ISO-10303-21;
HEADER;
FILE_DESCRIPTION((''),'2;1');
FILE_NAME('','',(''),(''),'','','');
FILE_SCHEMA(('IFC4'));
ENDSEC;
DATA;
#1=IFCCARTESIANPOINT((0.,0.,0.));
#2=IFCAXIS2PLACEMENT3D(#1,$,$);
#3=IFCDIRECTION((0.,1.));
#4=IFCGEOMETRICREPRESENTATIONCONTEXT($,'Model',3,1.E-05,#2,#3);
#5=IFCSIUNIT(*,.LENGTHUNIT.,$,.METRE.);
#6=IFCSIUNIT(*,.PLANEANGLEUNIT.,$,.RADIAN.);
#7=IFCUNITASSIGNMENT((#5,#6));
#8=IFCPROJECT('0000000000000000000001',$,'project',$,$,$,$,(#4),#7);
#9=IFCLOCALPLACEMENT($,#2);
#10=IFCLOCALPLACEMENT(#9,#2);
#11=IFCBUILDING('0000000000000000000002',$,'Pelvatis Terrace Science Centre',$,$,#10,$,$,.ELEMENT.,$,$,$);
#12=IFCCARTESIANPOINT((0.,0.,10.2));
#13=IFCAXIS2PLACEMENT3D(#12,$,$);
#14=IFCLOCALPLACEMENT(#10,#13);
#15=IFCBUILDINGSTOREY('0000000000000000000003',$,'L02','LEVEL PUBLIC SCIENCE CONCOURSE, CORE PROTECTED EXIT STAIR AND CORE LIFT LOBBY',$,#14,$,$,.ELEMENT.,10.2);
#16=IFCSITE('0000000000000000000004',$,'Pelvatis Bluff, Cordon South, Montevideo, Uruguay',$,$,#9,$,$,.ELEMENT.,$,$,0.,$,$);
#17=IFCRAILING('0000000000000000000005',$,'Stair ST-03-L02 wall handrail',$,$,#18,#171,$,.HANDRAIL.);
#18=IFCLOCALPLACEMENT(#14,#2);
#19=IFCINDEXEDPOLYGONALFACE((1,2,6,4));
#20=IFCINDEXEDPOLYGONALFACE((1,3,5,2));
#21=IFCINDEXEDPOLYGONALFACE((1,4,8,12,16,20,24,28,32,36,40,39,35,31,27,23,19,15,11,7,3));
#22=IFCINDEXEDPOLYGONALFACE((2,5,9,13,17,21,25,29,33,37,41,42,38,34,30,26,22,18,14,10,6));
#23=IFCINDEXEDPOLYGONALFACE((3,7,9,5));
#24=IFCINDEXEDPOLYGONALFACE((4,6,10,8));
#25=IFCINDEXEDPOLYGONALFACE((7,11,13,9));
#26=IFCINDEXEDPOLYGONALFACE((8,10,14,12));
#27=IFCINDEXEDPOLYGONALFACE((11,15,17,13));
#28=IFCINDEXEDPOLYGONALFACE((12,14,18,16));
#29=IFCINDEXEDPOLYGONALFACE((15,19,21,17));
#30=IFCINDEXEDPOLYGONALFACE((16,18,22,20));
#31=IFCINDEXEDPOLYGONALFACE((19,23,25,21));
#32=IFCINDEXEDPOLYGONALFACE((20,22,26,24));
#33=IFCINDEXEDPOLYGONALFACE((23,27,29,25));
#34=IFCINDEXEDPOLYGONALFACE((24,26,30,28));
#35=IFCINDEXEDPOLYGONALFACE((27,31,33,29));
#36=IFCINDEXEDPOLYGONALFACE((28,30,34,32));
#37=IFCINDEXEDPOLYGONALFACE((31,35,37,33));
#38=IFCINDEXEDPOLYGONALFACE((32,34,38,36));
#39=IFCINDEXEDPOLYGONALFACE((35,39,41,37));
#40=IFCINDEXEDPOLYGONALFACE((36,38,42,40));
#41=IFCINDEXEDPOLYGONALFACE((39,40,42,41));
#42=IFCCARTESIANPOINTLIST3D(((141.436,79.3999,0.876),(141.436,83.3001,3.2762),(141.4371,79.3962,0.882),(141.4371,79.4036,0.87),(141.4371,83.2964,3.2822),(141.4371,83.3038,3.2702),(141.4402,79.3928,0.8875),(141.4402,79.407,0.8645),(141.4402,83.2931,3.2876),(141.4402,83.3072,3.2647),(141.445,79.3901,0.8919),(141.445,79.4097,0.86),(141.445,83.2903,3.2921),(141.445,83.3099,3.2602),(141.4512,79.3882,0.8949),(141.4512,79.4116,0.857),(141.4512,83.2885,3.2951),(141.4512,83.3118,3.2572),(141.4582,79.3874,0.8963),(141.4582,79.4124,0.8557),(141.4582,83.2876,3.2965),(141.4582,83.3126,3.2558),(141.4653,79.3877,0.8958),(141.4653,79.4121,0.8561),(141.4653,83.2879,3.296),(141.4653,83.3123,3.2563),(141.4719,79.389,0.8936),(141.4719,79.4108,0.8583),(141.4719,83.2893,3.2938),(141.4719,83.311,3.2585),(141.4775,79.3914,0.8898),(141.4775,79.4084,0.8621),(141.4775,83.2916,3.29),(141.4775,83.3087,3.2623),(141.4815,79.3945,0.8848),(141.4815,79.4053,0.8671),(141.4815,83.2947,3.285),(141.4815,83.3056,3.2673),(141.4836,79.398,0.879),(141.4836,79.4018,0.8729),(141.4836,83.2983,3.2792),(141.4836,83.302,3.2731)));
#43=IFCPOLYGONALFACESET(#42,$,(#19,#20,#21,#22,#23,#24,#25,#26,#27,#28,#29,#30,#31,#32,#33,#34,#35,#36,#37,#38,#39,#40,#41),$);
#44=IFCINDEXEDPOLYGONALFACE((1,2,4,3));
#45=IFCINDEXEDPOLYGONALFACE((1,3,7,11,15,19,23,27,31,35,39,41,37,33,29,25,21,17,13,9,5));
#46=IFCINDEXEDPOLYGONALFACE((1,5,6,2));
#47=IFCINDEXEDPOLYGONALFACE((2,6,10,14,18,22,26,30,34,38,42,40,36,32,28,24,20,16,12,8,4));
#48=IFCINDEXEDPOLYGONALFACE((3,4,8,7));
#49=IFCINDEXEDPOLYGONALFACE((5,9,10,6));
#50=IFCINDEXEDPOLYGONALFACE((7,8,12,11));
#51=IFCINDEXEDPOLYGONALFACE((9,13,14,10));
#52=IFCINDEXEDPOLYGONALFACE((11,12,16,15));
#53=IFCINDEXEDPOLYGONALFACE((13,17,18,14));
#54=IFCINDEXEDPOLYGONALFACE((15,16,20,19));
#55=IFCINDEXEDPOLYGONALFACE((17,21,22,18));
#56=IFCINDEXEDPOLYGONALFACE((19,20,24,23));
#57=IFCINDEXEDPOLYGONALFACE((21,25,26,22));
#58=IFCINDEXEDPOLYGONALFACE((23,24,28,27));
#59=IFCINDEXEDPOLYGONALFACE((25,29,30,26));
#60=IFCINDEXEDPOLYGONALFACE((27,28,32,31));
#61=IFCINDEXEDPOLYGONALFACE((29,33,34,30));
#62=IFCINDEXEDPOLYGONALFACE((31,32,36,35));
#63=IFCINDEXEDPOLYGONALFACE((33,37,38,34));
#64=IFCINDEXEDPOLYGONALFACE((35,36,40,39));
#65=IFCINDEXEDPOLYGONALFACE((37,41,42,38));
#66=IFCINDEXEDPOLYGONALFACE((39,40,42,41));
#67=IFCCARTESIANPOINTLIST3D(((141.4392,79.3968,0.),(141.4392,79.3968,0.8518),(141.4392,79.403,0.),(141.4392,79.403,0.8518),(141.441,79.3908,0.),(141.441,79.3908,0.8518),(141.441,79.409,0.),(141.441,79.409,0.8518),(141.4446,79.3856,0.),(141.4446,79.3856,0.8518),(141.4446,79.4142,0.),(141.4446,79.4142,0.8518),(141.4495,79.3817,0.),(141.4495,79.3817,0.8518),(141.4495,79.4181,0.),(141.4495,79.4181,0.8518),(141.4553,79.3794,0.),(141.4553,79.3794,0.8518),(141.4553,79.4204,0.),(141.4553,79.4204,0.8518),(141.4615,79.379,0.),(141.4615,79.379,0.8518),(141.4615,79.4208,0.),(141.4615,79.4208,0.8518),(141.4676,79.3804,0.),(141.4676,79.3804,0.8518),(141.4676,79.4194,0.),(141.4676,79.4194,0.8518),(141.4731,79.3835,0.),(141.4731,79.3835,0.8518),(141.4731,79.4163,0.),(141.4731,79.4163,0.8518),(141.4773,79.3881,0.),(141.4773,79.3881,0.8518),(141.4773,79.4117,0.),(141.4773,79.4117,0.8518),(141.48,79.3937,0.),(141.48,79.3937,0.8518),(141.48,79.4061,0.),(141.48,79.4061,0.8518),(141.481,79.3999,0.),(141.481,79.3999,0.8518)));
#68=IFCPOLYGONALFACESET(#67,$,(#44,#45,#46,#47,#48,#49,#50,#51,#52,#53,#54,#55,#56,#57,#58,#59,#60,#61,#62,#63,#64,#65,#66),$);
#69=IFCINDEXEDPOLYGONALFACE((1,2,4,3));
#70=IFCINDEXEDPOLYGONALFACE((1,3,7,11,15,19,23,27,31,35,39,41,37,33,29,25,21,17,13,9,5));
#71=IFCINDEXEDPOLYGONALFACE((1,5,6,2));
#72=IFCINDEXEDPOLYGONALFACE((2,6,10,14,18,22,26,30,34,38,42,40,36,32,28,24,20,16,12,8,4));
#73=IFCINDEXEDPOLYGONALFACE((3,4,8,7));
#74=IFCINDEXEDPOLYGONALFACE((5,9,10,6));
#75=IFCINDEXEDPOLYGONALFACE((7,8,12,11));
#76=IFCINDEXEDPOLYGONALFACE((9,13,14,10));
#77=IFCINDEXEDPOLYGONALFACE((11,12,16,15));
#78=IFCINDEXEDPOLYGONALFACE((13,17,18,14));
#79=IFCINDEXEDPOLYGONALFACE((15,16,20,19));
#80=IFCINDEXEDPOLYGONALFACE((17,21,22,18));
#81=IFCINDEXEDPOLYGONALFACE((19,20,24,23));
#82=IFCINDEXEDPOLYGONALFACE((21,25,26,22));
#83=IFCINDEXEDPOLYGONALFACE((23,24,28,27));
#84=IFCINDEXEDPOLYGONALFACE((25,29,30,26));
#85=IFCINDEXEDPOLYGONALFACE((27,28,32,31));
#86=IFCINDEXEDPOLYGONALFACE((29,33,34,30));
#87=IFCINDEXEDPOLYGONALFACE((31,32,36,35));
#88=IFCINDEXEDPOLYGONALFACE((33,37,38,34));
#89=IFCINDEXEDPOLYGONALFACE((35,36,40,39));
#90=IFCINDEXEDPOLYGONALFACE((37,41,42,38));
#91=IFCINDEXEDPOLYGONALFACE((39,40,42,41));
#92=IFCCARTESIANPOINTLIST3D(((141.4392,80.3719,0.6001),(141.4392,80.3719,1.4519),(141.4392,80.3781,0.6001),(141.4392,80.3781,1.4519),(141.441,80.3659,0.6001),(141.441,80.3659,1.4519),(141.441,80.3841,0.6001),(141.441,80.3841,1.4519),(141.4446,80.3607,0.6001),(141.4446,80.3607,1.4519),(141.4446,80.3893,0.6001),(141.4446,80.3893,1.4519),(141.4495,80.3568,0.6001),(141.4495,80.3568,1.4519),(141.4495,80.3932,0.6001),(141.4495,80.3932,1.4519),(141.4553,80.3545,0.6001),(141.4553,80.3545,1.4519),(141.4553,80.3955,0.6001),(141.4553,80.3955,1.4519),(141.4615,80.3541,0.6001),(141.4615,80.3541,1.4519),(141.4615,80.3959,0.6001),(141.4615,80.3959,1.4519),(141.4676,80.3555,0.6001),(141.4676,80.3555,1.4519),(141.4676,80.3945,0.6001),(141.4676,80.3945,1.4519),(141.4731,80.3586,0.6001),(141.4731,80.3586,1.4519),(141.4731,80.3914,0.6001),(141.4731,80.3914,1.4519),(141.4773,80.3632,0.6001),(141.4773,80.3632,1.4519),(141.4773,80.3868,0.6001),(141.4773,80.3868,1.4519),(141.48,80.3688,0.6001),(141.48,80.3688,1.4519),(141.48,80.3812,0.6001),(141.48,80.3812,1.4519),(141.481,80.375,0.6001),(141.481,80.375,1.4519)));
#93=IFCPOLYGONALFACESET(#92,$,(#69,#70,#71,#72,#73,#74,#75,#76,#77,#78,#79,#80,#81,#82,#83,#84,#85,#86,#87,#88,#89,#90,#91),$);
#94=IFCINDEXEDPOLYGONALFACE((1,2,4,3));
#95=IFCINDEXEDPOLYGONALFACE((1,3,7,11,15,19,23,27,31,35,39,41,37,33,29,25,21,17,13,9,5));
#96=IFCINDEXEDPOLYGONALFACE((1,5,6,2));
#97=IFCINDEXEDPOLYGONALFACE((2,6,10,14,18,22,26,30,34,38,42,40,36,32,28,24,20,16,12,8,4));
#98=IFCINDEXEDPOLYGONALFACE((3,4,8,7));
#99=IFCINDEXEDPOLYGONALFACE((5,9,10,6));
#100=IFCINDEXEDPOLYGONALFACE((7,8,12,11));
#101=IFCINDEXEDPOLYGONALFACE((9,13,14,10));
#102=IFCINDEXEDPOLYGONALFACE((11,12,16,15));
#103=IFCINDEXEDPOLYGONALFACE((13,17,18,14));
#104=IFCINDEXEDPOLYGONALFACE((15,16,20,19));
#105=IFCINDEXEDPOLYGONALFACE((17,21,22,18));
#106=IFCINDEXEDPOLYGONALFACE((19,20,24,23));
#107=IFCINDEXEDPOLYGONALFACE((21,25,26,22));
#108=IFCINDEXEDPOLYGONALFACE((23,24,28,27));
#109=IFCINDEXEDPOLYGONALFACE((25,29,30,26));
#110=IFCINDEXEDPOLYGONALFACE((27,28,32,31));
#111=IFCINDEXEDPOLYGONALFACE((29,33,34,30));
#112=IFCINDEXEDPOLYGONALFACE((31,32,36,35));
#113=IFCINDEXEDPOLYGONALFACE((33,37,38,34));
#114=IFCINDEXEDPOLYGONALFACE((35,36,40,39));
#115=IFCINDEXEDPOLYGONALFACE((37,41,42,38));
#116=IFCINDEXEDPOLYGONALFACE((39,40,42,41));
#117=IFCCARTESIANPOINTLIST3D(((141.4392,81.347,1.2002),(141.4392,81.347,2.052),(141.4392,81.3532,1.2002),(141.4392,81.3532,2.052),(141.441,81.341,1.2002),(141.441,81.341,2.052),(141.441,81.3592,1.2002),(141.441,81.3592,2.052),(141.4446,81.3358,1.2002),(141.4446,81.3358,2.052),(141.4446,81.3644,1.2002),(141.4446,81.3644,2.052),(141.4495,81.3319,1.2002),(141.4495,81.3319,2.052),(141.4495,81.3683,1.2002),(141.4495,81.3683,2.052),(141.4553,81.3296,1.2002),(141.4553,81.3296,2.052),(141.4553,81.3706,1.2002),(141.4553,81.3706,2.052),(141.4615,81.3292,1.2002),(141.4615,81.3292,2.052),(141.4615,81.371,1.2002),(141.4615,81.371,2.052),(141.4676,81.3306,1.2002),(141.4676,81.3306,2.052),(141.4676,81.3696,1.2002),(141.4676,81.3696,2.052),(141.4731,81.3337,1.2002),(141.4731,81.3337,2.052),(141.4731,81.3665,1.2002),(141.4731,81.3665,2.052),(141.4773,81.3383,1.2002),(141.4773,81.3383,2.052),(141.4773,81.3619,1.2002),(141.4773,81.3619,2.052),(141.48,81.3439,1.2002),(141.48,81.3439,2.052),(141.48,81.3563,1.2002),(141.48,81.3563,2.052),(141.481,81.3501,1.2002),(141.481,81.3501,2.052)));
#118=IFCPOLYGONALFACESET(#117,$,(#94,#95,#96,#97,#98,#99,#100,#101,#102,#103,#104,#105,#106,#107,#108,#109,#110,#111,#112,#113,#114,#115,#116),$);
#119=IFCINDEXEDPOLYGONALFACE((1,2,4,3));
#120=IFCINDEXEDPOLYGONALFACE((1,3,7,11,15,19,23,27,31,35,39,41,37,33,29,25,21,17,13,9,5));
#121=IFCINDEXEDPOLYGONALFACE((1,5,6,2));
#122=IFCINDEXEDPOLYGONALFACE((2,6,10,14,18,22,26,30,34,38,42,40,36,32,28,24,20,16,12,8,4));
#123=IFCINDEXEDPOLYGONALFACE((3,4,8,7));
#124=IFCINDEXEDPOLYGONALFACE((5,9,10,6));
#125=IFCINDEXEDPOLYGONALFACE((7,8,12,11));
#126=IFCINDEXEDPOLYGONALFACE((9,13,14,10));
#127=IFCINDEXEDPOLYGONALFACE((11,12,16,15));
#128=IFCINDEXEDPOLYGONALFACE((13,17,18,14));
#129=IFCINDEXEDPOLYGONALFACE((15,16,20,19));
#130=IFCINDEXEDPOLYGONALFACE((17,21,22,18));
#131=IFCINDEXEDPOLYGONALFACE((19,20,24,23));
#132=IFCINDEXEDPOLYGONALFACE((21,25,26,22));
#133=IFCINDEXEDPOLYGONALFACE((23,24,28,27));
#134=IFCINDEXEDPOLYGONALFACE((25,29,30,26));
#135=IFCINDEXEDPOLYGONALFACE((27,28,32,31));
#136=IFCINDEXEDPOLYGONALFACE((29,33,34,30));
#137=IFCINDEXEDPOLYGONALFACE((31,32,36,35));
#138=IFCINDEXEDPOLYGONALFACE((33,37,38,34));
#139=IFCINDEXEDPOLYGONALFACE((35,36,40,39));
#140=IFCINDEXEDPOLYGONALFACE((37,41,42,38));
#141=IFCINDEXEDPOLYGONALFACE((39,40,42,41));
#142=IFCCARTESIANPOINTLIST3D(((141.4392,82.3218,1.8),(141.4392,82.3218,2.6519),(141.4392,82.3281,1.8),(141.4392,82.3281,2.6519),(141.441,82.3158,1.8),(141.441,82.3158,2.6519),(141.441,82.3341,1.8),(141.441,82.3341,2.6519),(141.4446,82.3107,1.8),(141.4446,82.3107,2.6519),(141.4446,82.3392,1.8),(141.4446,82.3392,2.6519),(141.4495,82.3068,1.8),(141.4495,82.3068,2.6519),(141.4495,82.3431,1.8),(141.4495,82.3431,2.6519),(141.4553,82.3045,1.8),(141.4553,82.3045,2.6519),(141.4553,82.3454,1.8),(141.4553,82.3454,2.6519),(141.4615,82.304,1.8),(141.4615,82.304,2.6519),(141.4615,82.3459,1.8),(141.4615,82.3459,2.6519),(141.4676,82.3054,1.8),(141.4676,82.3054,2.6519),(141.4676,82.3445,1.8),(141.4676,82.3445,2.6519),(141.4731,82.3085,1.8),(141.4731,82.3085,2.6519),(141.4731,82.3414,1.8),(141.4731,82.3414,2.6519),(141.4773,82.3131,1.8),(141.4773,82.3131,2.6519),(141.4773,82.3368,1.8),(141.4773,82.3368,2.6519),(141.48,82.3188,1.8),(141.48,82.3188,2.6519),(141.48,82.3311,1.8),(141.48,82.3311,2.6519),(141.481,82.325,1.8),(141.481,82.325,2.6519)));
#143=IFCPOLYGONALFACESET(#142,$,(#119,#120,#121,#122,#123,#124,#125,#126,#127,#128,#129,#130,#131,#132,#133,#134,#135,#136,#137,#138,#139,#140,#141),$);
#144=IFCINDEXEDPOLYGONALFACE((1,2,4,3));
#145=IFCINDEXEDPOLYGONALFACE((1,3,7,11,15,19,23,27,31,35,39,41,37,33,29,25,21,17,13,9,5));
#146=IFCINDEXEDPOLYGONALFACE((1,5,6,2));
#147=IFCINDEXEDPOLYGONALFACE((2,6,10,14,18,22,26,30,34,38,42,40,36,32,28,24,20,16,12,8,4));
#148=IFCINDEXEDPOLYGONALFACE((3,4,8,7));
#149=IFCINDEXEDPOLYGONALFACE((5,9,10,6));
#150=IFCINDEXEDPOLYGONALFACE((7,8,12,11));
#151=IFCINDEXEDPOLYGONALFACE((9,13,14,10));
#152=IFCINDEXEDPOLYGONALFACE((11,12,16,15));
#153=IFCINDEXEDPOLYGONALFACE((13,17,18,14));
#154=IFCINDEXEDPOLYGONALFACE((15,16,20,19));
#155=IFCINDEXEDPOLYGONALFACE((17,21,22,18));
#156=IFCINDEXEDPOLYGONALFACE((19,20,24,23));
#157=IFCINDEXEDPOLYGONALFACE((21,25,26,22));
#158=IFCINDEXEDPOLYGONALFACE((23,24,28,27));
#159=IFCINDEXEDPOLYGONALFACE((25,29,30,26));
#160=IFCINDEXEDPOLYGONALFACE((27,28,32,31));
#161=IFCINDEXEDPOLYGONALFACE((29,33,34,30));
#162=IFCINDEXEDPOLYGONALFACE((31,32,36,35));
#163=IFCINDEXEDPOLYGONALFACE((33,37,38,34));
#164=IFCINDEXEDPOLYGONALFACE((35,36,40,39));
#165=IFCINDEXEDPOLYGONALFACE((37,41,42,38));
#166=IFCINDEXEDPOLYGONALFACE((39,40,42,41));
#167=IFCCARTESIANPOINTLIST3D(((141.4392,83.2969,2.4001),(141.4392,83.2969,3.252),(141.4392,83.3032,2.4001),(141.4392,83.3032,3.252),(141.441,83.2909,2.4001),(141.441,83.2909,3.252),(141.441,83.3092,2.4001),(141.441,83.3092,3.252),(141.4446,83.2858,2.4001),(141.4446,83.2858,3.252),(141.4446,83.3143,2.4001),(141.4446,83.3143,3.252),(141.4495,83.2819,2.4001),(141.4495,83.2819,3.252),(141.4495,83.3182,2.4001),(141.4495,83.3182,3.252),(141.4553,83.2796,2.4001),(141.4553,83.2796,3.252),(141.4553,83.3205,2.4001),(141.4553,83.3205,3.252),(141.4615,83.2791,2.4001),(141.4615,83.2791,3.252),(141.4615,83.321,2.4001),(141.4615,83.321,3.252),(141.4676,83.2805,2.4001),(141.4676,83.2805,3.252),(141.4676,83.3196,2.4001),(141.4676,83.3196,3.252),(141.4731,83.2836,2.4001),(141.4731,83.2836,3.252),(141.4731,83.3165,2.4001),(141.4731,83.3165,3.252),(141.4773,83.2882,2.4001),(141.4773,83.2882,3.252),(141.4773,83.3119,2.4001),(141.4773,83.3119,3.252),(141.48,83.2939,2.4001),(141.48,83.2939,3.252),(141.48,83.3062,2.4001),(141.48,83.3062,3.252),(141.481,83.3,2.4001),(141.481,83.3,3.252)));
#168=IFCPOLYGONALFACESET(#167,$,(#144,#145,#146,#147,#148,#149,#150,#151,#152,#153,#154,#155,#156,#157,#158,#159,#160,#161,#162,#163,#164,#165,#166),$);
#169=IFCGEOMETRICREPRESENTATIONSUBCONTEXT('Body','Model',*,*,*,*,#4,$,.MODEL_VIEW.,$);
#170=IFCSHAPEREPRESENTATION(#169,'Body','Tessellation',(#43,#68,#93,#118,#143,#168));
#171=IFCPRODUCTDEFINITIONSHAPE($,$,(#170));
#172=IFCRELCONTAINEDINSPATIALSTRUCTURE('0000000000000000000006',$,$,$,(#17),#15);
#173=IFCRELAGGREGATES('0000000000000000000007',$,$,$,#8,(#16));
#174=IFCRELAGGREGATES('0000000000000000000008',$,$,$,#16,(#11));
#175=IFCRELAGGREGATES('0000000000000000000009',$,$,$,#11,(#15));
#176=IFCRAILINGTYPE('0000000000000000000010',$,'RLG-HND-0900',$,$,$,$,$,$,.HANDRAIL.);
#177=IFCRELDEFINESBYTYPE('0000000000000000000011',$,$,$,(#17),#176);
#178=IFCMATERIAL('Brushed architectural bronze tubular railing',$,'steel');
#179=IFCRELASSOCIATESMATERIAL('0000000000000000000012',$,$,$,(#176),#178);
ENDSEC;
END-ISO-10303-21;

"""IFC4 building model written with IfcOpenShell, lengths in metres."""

from ifc_helpers import new_model, si_unit, direction, frame, origin, origin_2d, place, context, subcontext, project, spatial, circle, extrude, material, type_object, element, save


model = new_model("IFC4")

# Units and contexts
model_context = context("Model", 3, precision=1e-05, world=origin(), true_north=direction((0.0, 1.0)))
body_context = subcontext(model_context, "Body", "Model", "MODEL_VIEW")
ifc_project = project(units=[si_unit("LENGTHUNIT", "METRE"), si_unit("PLANEANGLEUNIT", "RADIAN")], contexts=[model_context])

# Site, building, storey
site_placement = place(None, origin())
site = spatial("IfcSite", under=ifc_project, at=site_placement, Name="Pelvatis Bluff, Cordon South, Montevideo, Uruguay", CompositionType="ELEMENT", RefElevation=0.0)
building_placement = place(site_placement, origin())
building = spatial("IfcBuilding", under=site, at=building_placement, Name="Pelvatis Terrace Science Centre", CompositionType="ELEMENT")
storey_placement = place(building_placement, frame((0.0, 0.0, 10.2)))
storey = spatial("IfcBuildingStorey", under=building, at=storey_placement, Name="L02", Description="LEVEL PUBLIC SCIENCE CONCOURSE, CORE PROTECTED EXIT STAIR AND CORE LIFT LOBBY", CompositionType="ELEMENT", Elevation=10.2)

# Railing
ifc_material_1 = material(Name="Brushed architectural bronze tubular railing", Category="steel")
railing_type_1 = type_object("IfcRailingType", Name="RLG-HND-0900", PredefinedType="HANDRAIL", material=ifc_material_1)
railing_1_placement = place(storey_placement, frame((141.46, 79.3999, 0.0)))
element("IfcRailing", 1, at=railing_1_placement, inside=storey, type_object=railing_type_1, Name="Stair ST-03-L02 wall handrail", PredefinedType="HANDRAIL", context=body_context, shape_type="SweptSolid", body=[
    extrude(circle(Radius=0.0239, at=origin_2d()), frame((0.0, 0.0, 0.876), z_axis=(0.0, 0.851653, 0.524106), x_axis=(-1.0, 0.0, 0.0)), (0.0, 0.0, 1.0), 4.5796),
    extrude(circle(Radius=0.021, at=origin_2d()), origin(), (0.0, 0.0, 1.0), 0.8518),
    extrude(circle(Radius=0.021, at=origin_2d()), frame((0.0, 0.9751, 0.6001)), (0.0, 0.0, 1.0), 0.8518),
    extrude(circle(Radius=0.021, at=origin_2d()), frame((0.0, 1.9502, 1.2002)), (0.0, 0.0, 1.0), 0.8518),
    extrude(circle(Radius=0.021, at=origin_2d()), frame((0.0, 2.925, 1.8)), (0.0, 0.0, 1.0), 0.8518),
    extrude(circle(Radius=0.021, at=origin_2d()), frame((0.0, 3.9001, 2.4001)), (0.0, 0.0, 1.0), 0.8518),
])

save(model, "model.ifc")
